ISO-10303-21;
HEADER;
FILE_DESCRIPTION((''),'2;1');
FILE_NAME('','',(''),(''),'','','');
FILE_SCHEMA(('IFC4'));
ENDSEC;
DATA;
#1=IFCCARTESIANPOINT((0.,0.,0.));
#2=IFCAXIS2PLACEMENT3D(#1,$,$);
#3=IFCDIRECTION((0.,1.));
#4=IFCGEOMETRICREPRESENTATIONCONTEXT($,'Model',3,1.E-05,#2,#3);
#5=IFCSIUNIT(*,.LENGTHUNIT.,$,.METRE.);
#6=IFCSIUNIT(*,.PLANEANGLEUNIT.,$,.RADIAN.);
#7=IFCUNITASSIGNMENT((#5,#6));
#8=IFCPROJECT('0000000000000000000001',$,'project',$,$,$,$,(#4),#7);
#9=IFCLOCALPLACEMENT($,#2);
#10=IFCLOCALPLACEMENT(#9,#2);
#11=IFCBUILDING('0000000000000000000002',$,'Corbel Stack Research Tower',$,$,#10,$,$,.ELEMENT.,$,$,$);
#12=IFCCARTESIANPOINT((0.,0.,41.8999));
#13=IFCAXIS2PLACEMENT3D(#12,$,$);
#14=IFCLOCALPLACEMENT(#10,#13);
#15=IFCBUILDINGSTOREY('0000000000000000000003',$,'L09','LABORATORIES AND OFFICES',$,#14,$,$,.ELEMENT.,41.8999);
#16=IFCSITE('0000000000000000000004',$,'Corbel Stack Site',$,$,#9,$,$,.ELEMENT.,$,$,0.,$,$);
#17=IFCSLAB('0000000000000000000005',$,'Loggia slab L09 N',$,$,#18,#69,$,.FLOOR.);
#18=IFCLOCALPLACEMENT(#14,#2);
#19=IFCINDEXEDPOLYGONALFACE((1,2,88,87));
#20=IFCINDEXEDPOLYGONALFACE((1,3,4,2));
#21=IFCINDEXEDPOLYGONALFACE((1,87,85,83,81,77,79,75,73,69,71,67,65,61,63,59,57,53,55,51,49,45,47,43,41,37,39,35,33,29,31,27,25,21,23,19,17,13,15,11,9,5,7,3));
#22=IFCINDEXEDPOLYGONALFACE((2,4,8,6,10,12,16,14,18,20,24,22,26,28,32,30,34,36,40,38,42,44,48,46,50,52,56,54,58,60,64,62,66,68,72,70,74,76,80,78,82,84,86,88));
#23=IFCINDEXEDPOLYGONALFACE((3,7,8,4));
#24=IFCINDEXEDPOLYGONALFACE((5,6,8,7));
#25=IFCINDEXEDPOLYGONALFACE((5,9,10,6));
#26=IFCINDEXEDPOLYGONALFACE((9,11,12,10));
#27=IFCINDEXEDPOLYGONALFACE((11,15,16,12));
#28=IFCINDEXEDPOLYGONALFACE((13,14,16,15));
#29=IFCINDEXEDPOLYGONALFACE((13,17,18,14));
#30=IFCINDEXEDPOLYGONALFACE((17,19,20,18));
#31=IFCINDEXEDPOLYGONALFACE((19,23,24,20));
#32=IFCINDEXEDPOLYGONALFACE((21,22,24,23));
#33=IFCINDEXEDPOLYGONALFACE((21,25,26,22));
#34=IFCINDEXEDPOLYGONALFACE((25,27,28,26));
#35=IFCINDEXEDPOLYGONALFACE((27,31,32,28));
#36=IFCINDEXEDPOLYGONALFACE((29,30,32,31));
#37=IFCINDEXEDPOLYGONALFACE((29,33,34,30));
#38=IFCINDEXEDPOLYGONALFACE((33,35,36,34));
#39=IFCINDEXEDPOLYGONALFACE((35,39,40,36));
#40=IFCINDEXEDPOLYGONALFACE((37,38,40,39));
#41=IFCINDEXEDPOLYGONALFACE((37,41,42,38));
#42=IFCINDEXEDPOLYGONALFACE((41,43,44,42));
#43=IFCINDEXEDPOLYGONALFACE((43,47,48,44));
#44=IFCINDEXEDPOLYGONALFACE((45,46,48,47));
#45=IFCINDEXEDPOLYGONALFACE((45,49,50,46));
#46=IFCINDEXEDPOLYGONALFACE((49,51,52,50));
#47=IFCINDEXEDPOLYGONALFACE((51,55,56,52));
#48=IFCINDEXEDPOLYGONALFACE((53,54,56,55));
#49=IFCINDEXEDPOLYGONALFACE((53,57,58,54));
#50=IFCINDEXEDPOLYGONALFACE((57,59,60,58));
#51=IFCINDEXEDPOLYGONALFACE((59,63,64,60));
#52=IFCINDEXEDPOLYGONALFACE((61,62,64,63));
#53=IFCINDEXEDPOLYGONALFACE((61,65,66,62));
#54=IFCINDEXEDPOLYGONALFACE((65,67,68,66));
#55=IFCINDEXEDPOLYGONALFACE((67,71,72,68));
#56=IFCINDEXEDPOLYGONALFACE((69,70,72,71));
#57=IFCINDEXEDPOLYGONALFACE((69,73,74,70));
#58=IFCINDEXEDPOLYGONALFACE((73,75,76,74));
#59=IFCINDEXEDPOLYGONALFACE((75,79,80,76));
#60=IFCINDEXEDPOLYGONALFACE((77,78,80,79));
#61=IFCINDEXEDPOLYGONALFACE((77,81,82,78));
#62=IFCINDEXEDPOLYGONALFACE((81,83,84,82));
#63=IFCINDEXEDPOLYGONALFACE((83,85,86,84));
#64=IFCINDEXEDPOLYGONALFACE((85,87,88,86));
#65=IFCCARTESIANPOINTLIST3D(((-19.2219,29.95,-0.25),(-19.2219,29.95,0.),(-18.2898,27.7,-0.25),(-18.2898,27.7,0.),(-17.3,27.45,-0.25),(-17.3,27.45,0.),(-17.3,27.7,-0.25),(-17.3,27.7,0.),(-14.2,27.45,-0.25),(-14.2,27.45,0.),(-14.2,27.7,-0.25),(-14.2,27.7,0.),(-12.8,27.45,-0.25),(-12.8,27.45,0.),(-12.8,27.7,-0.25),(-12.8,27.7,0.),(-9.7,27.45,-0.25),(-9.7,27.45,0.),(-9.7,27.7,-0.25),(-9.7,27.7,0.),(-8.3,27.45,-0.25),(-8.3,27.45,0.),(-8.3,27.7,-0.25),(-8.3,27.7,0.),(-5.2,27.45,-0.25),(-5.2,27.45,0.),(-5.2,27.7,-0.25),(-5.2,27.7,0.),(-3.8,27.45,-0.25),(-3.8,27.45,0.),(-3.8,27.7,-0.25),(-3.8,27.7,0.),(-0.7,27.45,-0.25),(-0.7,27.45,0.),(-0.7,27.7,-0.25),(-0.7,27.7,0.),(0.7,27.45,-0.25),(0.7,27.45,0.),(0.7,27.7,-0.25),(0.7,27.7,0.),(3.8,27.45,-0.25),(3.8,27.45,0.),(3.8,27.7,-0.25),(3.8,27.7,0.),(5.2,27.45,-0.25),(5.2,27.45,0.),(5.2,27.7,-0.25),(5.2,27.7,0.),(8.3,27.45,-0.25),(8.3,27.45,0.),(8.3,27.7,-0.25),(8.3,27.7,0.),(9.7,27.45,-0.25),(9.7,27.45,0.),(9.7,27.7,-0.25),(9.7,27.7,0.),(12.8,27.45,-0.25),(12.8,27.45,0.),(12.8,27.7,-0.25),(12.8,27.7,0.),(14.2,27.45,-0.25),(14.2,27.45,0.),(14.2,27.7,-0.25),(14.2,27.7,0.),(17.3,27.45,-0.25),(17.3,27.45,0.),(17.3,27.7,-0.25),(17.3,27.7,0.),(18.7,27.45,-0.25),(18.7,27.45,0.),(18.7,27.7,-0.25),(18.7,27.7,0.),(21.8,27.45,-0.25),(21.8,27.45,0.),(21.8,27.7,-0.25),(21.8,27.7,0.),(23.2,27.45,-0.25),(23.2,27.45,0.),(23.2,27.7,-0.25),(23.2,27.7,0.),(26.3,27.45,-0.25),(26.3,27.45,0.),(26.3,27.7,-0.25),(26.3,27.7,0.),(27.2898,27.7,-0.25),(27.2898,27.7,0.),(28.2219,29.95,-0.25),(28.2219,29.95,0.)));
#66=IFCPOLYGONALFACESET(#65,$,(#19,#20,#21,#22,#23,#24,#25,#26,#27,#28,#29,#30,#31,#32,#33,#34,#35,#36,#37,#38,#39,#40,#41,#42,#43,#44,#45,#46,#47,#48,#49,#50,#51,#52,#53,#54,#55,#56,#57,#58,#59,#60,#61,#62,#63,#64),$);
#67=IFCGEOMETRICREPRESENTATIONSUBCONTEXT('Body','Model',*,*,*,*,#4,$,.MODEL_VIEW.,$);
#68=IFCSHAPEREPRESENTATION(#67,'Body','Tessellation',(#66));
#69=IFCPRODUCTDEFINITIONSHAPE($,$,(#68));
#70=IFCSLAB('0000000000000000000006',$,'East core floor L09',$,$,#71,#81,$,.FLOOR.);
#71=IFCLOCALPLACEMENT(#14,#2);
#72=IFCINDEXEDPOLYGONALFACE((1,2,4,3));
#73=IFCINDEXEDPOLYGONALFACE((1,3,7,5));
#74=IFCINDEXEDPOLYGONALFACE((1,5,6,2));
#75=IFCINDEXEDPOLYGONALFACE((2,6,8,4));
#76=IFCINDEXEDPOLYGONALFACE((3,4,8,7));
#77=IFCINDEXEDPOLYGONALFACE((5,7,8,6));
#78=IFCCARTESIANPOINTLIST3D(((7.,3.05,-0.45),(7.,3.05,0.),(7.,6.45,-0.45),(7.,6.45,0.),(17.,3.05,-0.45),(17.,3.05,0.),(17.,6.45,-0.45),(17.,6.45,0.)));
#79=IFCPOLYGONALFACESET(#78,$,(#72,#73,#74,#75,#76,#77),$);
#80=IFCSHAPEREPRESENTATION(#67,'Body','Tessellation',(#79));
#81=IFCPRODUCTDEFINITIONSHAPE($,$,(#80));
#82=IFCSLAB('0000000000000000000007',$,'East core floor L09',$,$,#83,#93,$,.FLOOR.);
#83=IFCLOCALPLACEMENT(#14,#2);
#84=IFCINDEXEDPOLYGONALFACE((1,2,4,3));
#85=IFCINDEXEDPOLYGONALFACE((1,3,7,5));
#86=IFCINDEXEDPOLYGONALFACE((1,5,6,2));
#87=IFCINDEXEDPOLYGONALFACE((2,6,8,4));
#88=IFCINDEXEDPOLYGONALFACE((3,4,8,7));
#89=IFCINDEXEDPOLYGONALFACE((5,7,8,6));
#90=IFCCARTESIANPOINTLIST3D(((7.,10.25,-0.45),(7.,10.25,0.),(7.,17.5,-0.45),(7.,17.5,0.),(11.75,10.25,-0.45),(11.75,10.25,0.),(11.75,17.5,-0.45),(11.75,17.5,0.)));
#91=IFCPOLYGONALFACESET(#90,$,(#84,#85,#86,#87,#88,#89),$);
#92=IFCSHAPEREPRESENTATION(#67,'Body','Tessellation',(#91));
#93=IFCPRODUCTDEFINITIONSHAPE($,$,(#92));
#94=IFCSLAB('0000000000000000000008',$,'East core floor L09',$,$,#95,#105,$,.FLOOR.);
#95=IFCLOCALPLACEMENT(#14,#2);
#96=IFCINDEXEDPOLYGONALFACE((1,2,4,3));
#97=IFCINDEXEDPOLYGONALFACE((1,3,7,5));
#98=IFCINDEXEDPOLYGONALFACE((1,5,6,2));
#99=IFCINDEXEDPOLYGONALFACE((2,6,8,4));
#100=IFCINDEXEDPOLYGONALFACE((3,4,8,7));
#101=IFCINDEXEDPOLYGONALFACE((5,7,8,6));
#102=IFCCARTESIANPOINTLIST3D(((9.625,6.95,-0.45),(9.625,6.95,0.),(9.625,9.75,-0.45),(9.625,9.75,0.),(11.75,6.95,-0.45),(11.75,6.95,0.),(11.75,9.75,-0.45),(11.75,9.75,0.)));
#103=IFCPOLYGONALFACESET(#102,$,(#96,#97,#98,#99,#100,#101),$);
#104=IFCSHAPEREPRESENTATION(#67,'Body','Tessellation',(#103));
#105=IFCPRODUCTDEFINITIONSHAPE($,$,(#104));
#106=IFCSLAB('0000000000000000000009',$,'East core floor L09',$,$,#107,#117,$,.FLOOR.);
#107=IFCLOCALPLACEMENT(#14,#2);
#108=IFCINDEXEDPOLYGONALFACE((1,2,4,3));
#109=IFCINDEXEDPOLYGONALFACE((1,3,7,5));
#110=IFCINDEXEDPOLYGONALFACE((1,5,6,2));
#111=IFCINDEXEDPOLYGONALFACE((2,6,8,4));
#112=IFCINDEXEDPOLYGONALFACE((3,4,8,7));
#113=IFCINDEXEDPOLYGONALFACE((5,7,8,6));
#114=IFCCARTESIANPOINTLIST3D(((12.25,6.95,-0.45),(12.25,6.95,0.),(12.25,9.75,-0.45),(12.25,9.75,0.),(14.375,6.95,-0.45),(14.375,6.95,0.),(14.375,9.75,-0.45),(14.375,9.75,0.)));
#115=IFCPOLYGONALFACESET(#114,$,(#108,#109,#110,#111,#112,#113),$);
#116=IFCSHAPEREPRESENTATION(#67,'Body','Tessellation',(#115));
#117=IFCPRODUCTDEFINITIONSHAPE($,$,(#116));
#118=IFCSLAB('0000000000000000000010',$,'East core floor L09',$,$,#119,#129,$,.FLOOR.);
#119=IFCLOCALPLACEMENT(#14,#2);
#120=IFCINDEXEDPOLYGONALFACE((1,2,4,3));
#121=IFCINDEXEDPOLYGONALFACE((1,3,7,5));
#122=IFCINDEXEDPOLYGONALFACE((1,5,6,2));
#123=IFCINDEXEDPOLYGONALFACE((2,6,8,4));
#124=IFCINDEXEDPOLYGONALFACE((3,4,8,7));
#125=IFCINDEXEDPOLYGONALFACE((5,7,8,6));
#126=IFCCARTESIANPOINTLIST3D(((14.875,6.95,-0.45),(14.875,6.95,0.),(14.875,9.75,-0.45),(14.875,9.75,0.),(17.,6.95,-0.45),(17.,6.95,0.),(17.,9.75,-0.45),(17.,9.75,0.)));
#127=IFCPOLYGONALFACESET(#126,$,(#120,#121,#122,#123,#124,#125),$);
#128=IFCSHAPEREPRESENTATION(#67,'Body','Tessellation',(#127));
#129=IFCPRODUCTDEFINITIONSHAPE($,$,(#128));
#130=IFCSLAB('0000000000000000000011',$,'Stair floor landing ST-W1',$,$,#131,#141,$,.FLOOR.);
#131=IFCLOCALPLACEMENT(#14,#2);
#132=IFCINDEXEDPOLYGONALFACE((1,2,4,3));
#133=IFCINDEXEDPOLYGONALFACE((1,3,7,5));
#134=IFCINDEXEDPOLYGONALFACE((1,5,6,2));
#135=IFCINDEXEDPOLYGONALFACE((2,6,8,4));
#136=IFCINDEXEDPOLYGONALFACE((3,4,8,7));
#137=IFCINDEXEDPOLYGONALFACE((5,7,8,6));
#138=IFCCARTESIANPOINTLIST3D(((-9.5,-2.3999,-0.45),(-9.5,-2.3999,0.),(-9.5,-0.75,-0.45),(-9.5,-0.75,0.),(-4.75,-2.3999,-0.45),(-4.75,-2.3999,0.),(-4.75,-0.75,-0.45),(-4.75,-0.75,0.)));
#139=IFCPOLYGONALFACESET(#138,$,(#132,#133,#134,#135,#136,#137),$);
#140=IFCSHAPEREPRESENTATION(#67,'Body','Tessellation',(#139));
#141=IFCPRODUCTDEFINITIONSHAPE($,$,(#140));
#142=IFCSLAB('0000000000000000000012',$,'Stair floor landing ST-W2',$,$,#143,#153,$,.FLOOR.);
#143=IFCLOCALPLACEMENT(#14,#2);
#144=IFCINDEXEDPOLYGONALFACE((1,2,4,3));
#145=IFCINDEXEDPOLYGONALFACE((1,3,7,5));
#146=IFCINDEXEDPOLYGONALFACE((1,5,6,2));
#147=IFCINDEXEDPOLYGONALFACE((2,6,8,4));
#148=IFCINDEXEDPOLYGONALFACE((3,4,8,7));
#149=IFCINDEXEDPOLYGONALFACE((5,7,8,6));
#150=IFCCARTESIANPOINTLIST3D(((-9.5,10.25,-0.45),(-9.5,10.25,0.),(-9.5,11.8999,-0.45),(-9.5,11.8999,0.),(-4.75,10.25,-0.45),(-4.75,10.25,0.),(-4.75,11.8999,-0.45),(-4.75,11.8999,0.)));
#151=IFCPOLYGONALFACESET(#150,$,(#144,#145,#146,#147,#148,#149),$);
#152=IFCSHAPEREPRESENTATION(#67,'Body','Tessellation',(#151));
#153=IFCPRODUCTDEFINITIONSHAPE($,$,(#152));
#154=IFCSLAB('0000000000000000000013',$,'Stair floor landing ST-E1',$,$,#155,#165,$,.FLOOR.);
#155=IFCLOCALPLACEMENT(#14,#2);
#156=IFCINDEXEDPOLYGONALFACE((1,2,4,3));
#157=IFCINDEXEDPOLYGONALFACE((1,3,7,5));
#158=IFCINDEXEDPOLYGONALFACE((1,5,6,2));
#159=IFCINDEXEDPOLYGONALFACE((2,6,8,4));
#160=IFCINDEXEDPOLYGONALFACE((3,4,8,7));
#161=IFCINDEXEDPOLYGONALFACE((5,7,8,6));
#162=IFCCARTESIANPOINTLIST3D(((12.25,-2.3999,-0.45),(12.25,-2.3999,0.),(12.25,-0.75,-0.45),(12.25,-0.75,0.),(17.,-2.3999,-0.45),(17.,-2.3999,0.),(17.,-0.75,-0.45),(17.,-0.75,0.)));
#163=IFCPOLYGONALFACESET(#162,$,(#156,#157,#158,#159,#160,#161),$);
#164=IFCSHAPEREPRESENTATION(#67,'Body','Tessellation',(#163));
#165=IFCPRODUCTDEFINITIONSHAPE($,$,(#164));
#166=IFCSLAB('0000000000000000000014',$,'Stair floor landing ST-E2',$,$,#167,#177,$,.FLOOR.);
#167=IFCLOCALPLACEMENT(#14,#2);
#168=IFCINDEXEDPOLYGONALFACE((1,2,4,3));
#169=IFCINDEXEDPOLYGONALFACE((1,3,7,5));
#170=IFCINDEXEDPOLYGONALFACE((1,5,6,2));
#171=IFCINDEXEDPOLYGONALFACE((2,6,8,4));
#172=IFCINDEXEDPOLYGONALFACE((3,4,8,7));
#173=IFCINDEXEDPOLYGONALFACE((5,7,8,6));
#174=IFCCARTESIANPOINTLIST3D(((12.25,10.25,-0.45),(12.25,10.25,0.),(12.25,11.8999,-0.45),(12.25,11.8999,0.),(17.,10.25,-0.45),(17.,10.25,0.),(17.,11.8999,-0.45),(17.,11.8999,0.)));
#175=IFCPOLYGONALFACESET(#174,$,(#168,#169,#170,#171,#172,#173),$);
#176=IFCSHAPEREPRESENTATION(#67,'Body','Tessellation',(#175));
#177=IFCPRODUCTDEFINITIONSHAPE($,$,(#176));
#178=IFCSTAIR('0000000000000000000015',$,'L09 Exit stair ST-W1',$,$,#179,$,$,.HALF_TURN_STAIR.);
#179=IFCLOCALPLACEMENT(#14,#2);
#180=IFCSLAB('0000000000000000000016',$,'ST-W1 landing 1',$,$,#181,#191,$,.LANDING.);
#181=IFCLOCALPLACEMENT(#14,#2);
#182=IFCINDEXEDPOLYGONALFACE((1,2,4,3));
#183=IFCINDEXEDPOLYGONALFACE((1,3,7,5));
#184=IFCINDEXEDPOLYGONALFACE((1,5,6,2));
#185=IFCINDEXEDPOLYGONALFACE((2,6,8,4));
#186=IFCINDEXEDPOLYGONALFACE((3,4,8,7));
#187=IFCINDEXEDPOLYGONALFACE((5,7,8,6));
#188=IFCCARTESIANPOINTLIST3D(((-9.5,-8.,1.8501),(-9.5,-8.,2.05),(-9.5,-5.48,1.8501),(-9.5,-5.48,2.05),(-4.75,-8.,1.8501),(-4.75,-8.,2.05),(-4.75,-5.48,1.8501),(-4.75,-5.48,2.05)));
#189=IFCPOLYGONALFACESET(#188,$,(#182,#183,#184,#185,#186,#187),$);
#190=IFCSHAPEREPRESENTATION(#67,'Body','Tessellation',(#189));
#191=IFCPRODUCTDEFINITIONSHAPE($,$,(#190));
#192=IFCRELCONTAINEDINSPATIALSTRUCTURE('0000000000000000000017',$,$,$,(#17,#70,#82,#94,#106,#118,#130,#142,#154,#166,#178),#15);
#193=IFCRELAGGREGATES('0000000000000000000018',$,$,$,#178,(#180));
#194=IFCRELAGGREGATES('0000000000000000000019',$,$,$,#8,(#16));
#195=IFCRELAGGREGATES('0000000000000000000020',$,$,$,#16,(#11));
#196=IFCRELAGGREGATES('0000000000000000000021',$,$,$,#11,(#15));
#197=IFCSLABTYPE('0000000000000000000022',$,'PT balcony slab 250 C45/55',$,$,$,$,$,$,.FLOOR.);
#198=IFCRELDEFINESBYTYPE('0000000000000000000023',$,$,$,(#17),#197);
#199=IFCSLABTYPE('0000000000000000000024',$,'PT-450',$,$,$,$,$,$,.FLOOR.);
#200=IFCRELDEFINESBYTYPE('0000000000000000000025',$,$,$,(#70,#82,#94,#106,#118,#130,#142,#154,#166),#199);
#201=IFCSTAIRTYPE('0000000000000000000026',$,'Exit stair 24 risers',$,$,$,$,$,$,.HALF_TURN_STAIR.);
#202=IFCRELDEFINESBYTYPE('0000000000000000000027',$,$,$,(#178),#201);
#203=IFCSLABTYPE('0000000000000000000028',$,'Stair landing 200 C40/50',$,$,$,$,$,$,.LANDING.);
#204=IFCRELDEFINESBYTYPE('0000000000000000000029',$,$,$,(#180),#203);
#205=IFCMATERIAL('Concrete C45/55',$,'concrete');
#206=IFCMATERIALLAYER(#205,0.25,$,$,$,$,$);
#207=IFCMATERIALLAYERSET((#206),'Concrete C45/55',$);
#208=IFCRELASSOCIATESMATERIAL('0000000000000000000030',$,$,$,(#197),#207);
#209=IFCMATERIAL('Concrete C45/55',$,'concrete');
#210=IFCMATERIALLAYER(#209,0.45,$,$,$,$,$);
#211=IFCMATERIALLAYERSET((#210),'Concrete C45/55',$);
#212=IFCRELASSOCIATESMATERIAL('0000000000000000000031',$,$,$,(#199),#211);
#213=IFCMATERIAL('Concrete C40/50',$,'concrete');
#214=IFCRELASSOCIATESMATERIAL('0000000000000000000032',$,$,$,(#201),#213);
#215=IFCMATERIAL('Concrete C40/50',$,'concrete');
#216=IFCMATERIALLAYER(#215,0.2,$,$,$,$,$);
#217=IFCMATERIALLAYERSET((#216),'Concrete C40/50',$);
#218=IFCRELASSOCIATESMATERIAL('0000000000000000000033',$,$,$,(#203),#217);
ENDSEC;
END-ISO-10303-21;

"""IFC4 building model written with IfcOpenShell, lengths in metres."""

from ifc_helpers import new_model, si_unit, direction, frame, origin, place, context, subcontext, project, spatial, polyline, outline, extrude, material, layer, layer_set, type_object, element, aggregate, save


model = new_model("IFC4")

# Units and contexts
model_context = context("Model", 3, precision=1e-05, world=origin(), true_north=direction((0.0, 1.0)))
body_context = subcontext(model_context, "Body", "Model", "MODEL_VIEW")
ifc_project = project(units=[si_unit("LENGTHUNIT", "METRE"), si_unit("PLANEANGLEUNIT", "RADIAN")], contexts=[model_context])

# Site, building, storey
site_placement = place(None, origin())
site = spatial("IfcSite", under=ifc_project, at=site_placement, Name="Corbel Stack Site", CompositionType="ELEMENT", RefElevation=0.0)
building_placement = place(site_placement, origin())
building = spatial("IfcBuilding", under=site, at=building_placement, Name="Corbel Stack Research Tower", CompositionType="ELEMENT")
storey_placement = place(building_placement, frame((0.0, 0.0, 41.8999)))
storey = spatial("IfcBuildingStorey", under=building, at=storey_placement, Name="L09", Description="LABORATORIES AND OFFICES", CompositionType="ELEMENT", Elevation=41.8999)

# Slabs
ifc_material_1 = material(Name="Concrete C45/55", Category="concrete")
ifc_layer_1 = layer(ifc_material_1, 0.25)
ifc_layer_set_1 = layer_set([ifc_layer_1], Name="Concrete C45/55")
slab_type_1 = type_object("IfcSlabType", Name="PT balcony slab 250 C45/55", PredefinedType="FLOOR", material=ifc_layer_set_1)
slab_1_placement = place(storey_placement, frame((0.0, 0.0, -0.25)))
element("IfcSlab", 1, at=slab_1_placement, inside=storey, type_object=slab_type_1, Name="Loggia slab L09 N", PredefinedType="FLOOR", context=body_context, shape_type="SweptSolid", body=[
    extrude(outline(polyline([(-18.2898, 27.7), (-17.3, 27.7), (-17.3, 27.45), (-14.2, 27.45), (-14.2, 27.7), (-12.8, 27.7), (-12.8, 27.45), (-9.7, 27.45), (-9.7, 27.7), (-8.3, 27.7), (-8.3, 27.45), (-5.2, 27.45), (-5.2, 27.7), (-3.8, 27.7), (-3.8, 27.45), (-0.7, 27.45), (-0.7, 27.7), (0.7, 27.7), (0.7, 27.45), (3.8, 27.45), (3.8, 27.7), (5.2, 27.7), (5.2, 27.45), (8.3, 27.45), (8.3, 27.7), (9.7, 27.7), (9.7, 27.45), (12.8, 27.45), (12.8, 27.7), (14.2, 27.7), (14.2, 27.45), (17.3, 27.45), (17.3, 27.7), (18.7, 27.7), (18.7, 27.45), (21.8, 27.45), (21.8, 27.7), (23.2, 27.7), (23.2, 27.45), (26.3, 27.45), (26.3, 27.7), (27.2898, 27.7), (28.2219, 29.95), (-19.2219, 29.95), (-18.2898, 27.7)])), origin(), (0.0, 0.0, 1.0), 0.25),
])
ifc_material_2 = material(Name="Concrete C45/55", Category="concrete")
ifc_layer_2 = layer(ifc_material_2, 0.45)
ifc_layer_set_2 = layer_set([ifc_layer_2], Name="Concrete C45/55")
slab_type_2 = type_object("IfcSlabType", Name="PT-450", PredefinedType="FLOOR", material=ifc_layer_set_2)
slab_2_placement = place(storey_placement, frame((0.0, 0.0, -0.45)))
element("IfcSlab", 2, at=slab_2_placement, inside=storey, type_object=slab_type_2, Name="East core floor L09", PredefinedType="FLOOR", context=body_context, shape_type="SweptSolid", body=[
    extrude(outline(polyline([(7.0, 6.45), (7.0, 3.05), (17.0, 3.05), (17.0, 6.45), (7.0, 6.45)])), origin(), (0.0, 0.0, 1.0), 0.45),
])
slab_3_placement = place(storey_placement, frame((0.0, 0.0, -0.45)))
element("IfcSlab", 3, at=slab_3_placement, inside=storey, type_object=slab_type_2, Name="East core floor L09", PredefinedType="FLOOR", context=body_context, shape_type="SweptSolid", body=[
    extrude(outline(polyline([(7.0, 17.5), (7.0, 10.25), (11.75, 10.25), (11.75, 17.5), (7.0, 17.5)])), origin(), (0.0, 0.0, 1.0), 0.45),
])
slab_4_placement = place(storey_placement, frame((0.0, 0.0, -0.45)))
element("IfcSlab", 4, at=slab_4_placement, inside=storey, type_object=slab_type_2, Name="East core floor L09", PredefinedType="FLOOR", context=body_context, shape_type="SweptSolid", body=[
    extrude(outline(polyline([(9.625, 6.95), (11.75, 6.95), (11.75, 9.75), (9.625, 9.75), (9.625, 6.95)])), origin(), (0.0, 0.0, 1.0), 0.45),
])
slab_5_placement = place(storey_placement, frame((0.0, 0.0, -0.45)))
element("IfcSlab", 5, at=slab_5_placement, inside=storey, type_object=slab_type_2, Name="East core floor L09", PredefinedType="FLOOR", context=body_context, shape_type="SweptSolid", body=[
    extrude(outline(polyline([(14.375, 6.95), (14.375, 9.75), (12.25, 9.75), (12.25, 6.95), (14.375, 6.95)])), origin(), (0.0, 0.0, 1.0), 0.45),
])
slab_6_placement = place(storey_placement, frame((0.0, 0.0, -0.45)))
element("IfcSlab", 6, at=slab_6_placement, inside=storey, type_object=slab_type_2, Name="East core floor L09", PredefinedType="FLOOR", context=body_context, shape_type="SweptSolid", body=[
    extrude(outline(polyline([(17.0, 6.95), (17.0, 9.75), (14.875, 9.75), (14.875, 6.95), (17.0, 6.95)])), origin(), (0.0, 0.0, 1.0), 0.45),
])
slab_7_placement = place(storey_placement, frame((0.0, 0.0, -0.45)))
element("IfcSlab", 7, at=slab_7_placement, inside=storey, type_object=slab_type_2, Name="Stair floor landing ST-W1", PredefinedType="FLOOR", context=body_context, shape_type="SweptSolid", body=[
    extrude(outline(polyline([(-9.5, -2.3999), (-4.75, -2.3999), (-4.75, -0.75), (-9.5, -0.75), (-9.5, -2.3999)])), origin(), (0.0, 0.0, 1.0), 0.45),
])
slab_8_placement = place(storey_placement, frame((0.0, 0.0, -0.45)))
element("IfcSlab", 8, at=slab_8_placement, inside=storey, type_object=slab_type_2, Name="Stair floor landing ST-W2", PredefinedType="FLOOR", context=body_context, shape_type="SweptSolid", body=[
    extrude(outline(polyline([(-9.5, 10.25), (-4.75, 10.25), (-4.75, 11.8999), (-9.5, 11.8999), (-9.5, 10.25)])), origin(), (0.0, 0.0, 1.0), 0.45),
])
slab_9_placement = place(storey_placement, frame((0.0, 0.0, -0.45)))
element("IfcSlab", 9, at=slab_9_placement, inside=storey, type_object=slab_type_2, Name="Stair floor landing ST-E1", PredefinedType="FLOOR", context=body_context, shape_type="SweptSolid", body=[
    extrude(outline(polyline([(12.25, -2.3999), (17.0, -2.3999), (17.0, -0.75), (12.25, -0.75), (12.25, -2.3999)])), origin(), (0.0, 0.0, 1.0), 0.45),
])
slab_10_placement = place(storey_placement, frame((0.0, 0.0, -0.45)))
element("IfcSlab", 10, at=slab_10_placement, inside=storey, type_object=slab_type_2, Name="Stair floor landing ST-E2", PredefinedType="FLOOR", context=body_context, shape_type="SweptSolid", body=[
    extrude(outline(polyline([(12.25, 10.25), (17.0, 10.25), (17.0, 11.8999), (12.25, 11.8999), (12.25, 10.25)])), origin(), (0.0, 0.0, 1.0), 0.45),
])

# Stair, slab
ifc_material_3 = material(Name="Concrete C40/50", Category="concrete")
stair_type = type_object("IfcStairType", Name="Exit stair 24 risers", PredefinedType="HALF_TURN_STAIR", material=ifc_material_3)
stair_1_placement = place(storey_placement, origin())
stair_1 = element("IfcStair", 11, at=stair_1_placement, inside=storey, type_object=stair_type, Name="L09 Exit stair ST-W1", PredefinedType="HALF_TURN_STAIR")
ifc_material_4 = material(Name="Concrete C40/50", Category="concrete")
ifc_layer_3 = layer(ifc_material_4, 0.2)
ifc_layer_set_3 = layer_set([ifc_layer_3], Name="Concrete C40/50")
slab_type_3 = type_object("IfcSlabType", Name="Stair landing 200 C40/50", PredefinedType="LANDING", material=ifc_layer_set_3)
slab_11_placement = place(storey_placement, frame((0.0, 0.0, 1.8501)))
slab_11 = element("IfcSlab", 12, at=slab_11_placement, type_object=slab_type_3, Name="ST-W1 landing 1", PredefinedType="LANDING", context=body_context, shape_type="SweptSolid", body=[
    extrude(outline(polyline([(-9.5, -8.0), (-9.5, -5.48), (-4.75, -5.48), (-4.75, -8.0), (-9.5, -8.0)])), origin(), (0.0, 0.0, 1.0), 0.2),
])
aggregate(stair_1, [slab_11])

save(model, "model.ifc")
